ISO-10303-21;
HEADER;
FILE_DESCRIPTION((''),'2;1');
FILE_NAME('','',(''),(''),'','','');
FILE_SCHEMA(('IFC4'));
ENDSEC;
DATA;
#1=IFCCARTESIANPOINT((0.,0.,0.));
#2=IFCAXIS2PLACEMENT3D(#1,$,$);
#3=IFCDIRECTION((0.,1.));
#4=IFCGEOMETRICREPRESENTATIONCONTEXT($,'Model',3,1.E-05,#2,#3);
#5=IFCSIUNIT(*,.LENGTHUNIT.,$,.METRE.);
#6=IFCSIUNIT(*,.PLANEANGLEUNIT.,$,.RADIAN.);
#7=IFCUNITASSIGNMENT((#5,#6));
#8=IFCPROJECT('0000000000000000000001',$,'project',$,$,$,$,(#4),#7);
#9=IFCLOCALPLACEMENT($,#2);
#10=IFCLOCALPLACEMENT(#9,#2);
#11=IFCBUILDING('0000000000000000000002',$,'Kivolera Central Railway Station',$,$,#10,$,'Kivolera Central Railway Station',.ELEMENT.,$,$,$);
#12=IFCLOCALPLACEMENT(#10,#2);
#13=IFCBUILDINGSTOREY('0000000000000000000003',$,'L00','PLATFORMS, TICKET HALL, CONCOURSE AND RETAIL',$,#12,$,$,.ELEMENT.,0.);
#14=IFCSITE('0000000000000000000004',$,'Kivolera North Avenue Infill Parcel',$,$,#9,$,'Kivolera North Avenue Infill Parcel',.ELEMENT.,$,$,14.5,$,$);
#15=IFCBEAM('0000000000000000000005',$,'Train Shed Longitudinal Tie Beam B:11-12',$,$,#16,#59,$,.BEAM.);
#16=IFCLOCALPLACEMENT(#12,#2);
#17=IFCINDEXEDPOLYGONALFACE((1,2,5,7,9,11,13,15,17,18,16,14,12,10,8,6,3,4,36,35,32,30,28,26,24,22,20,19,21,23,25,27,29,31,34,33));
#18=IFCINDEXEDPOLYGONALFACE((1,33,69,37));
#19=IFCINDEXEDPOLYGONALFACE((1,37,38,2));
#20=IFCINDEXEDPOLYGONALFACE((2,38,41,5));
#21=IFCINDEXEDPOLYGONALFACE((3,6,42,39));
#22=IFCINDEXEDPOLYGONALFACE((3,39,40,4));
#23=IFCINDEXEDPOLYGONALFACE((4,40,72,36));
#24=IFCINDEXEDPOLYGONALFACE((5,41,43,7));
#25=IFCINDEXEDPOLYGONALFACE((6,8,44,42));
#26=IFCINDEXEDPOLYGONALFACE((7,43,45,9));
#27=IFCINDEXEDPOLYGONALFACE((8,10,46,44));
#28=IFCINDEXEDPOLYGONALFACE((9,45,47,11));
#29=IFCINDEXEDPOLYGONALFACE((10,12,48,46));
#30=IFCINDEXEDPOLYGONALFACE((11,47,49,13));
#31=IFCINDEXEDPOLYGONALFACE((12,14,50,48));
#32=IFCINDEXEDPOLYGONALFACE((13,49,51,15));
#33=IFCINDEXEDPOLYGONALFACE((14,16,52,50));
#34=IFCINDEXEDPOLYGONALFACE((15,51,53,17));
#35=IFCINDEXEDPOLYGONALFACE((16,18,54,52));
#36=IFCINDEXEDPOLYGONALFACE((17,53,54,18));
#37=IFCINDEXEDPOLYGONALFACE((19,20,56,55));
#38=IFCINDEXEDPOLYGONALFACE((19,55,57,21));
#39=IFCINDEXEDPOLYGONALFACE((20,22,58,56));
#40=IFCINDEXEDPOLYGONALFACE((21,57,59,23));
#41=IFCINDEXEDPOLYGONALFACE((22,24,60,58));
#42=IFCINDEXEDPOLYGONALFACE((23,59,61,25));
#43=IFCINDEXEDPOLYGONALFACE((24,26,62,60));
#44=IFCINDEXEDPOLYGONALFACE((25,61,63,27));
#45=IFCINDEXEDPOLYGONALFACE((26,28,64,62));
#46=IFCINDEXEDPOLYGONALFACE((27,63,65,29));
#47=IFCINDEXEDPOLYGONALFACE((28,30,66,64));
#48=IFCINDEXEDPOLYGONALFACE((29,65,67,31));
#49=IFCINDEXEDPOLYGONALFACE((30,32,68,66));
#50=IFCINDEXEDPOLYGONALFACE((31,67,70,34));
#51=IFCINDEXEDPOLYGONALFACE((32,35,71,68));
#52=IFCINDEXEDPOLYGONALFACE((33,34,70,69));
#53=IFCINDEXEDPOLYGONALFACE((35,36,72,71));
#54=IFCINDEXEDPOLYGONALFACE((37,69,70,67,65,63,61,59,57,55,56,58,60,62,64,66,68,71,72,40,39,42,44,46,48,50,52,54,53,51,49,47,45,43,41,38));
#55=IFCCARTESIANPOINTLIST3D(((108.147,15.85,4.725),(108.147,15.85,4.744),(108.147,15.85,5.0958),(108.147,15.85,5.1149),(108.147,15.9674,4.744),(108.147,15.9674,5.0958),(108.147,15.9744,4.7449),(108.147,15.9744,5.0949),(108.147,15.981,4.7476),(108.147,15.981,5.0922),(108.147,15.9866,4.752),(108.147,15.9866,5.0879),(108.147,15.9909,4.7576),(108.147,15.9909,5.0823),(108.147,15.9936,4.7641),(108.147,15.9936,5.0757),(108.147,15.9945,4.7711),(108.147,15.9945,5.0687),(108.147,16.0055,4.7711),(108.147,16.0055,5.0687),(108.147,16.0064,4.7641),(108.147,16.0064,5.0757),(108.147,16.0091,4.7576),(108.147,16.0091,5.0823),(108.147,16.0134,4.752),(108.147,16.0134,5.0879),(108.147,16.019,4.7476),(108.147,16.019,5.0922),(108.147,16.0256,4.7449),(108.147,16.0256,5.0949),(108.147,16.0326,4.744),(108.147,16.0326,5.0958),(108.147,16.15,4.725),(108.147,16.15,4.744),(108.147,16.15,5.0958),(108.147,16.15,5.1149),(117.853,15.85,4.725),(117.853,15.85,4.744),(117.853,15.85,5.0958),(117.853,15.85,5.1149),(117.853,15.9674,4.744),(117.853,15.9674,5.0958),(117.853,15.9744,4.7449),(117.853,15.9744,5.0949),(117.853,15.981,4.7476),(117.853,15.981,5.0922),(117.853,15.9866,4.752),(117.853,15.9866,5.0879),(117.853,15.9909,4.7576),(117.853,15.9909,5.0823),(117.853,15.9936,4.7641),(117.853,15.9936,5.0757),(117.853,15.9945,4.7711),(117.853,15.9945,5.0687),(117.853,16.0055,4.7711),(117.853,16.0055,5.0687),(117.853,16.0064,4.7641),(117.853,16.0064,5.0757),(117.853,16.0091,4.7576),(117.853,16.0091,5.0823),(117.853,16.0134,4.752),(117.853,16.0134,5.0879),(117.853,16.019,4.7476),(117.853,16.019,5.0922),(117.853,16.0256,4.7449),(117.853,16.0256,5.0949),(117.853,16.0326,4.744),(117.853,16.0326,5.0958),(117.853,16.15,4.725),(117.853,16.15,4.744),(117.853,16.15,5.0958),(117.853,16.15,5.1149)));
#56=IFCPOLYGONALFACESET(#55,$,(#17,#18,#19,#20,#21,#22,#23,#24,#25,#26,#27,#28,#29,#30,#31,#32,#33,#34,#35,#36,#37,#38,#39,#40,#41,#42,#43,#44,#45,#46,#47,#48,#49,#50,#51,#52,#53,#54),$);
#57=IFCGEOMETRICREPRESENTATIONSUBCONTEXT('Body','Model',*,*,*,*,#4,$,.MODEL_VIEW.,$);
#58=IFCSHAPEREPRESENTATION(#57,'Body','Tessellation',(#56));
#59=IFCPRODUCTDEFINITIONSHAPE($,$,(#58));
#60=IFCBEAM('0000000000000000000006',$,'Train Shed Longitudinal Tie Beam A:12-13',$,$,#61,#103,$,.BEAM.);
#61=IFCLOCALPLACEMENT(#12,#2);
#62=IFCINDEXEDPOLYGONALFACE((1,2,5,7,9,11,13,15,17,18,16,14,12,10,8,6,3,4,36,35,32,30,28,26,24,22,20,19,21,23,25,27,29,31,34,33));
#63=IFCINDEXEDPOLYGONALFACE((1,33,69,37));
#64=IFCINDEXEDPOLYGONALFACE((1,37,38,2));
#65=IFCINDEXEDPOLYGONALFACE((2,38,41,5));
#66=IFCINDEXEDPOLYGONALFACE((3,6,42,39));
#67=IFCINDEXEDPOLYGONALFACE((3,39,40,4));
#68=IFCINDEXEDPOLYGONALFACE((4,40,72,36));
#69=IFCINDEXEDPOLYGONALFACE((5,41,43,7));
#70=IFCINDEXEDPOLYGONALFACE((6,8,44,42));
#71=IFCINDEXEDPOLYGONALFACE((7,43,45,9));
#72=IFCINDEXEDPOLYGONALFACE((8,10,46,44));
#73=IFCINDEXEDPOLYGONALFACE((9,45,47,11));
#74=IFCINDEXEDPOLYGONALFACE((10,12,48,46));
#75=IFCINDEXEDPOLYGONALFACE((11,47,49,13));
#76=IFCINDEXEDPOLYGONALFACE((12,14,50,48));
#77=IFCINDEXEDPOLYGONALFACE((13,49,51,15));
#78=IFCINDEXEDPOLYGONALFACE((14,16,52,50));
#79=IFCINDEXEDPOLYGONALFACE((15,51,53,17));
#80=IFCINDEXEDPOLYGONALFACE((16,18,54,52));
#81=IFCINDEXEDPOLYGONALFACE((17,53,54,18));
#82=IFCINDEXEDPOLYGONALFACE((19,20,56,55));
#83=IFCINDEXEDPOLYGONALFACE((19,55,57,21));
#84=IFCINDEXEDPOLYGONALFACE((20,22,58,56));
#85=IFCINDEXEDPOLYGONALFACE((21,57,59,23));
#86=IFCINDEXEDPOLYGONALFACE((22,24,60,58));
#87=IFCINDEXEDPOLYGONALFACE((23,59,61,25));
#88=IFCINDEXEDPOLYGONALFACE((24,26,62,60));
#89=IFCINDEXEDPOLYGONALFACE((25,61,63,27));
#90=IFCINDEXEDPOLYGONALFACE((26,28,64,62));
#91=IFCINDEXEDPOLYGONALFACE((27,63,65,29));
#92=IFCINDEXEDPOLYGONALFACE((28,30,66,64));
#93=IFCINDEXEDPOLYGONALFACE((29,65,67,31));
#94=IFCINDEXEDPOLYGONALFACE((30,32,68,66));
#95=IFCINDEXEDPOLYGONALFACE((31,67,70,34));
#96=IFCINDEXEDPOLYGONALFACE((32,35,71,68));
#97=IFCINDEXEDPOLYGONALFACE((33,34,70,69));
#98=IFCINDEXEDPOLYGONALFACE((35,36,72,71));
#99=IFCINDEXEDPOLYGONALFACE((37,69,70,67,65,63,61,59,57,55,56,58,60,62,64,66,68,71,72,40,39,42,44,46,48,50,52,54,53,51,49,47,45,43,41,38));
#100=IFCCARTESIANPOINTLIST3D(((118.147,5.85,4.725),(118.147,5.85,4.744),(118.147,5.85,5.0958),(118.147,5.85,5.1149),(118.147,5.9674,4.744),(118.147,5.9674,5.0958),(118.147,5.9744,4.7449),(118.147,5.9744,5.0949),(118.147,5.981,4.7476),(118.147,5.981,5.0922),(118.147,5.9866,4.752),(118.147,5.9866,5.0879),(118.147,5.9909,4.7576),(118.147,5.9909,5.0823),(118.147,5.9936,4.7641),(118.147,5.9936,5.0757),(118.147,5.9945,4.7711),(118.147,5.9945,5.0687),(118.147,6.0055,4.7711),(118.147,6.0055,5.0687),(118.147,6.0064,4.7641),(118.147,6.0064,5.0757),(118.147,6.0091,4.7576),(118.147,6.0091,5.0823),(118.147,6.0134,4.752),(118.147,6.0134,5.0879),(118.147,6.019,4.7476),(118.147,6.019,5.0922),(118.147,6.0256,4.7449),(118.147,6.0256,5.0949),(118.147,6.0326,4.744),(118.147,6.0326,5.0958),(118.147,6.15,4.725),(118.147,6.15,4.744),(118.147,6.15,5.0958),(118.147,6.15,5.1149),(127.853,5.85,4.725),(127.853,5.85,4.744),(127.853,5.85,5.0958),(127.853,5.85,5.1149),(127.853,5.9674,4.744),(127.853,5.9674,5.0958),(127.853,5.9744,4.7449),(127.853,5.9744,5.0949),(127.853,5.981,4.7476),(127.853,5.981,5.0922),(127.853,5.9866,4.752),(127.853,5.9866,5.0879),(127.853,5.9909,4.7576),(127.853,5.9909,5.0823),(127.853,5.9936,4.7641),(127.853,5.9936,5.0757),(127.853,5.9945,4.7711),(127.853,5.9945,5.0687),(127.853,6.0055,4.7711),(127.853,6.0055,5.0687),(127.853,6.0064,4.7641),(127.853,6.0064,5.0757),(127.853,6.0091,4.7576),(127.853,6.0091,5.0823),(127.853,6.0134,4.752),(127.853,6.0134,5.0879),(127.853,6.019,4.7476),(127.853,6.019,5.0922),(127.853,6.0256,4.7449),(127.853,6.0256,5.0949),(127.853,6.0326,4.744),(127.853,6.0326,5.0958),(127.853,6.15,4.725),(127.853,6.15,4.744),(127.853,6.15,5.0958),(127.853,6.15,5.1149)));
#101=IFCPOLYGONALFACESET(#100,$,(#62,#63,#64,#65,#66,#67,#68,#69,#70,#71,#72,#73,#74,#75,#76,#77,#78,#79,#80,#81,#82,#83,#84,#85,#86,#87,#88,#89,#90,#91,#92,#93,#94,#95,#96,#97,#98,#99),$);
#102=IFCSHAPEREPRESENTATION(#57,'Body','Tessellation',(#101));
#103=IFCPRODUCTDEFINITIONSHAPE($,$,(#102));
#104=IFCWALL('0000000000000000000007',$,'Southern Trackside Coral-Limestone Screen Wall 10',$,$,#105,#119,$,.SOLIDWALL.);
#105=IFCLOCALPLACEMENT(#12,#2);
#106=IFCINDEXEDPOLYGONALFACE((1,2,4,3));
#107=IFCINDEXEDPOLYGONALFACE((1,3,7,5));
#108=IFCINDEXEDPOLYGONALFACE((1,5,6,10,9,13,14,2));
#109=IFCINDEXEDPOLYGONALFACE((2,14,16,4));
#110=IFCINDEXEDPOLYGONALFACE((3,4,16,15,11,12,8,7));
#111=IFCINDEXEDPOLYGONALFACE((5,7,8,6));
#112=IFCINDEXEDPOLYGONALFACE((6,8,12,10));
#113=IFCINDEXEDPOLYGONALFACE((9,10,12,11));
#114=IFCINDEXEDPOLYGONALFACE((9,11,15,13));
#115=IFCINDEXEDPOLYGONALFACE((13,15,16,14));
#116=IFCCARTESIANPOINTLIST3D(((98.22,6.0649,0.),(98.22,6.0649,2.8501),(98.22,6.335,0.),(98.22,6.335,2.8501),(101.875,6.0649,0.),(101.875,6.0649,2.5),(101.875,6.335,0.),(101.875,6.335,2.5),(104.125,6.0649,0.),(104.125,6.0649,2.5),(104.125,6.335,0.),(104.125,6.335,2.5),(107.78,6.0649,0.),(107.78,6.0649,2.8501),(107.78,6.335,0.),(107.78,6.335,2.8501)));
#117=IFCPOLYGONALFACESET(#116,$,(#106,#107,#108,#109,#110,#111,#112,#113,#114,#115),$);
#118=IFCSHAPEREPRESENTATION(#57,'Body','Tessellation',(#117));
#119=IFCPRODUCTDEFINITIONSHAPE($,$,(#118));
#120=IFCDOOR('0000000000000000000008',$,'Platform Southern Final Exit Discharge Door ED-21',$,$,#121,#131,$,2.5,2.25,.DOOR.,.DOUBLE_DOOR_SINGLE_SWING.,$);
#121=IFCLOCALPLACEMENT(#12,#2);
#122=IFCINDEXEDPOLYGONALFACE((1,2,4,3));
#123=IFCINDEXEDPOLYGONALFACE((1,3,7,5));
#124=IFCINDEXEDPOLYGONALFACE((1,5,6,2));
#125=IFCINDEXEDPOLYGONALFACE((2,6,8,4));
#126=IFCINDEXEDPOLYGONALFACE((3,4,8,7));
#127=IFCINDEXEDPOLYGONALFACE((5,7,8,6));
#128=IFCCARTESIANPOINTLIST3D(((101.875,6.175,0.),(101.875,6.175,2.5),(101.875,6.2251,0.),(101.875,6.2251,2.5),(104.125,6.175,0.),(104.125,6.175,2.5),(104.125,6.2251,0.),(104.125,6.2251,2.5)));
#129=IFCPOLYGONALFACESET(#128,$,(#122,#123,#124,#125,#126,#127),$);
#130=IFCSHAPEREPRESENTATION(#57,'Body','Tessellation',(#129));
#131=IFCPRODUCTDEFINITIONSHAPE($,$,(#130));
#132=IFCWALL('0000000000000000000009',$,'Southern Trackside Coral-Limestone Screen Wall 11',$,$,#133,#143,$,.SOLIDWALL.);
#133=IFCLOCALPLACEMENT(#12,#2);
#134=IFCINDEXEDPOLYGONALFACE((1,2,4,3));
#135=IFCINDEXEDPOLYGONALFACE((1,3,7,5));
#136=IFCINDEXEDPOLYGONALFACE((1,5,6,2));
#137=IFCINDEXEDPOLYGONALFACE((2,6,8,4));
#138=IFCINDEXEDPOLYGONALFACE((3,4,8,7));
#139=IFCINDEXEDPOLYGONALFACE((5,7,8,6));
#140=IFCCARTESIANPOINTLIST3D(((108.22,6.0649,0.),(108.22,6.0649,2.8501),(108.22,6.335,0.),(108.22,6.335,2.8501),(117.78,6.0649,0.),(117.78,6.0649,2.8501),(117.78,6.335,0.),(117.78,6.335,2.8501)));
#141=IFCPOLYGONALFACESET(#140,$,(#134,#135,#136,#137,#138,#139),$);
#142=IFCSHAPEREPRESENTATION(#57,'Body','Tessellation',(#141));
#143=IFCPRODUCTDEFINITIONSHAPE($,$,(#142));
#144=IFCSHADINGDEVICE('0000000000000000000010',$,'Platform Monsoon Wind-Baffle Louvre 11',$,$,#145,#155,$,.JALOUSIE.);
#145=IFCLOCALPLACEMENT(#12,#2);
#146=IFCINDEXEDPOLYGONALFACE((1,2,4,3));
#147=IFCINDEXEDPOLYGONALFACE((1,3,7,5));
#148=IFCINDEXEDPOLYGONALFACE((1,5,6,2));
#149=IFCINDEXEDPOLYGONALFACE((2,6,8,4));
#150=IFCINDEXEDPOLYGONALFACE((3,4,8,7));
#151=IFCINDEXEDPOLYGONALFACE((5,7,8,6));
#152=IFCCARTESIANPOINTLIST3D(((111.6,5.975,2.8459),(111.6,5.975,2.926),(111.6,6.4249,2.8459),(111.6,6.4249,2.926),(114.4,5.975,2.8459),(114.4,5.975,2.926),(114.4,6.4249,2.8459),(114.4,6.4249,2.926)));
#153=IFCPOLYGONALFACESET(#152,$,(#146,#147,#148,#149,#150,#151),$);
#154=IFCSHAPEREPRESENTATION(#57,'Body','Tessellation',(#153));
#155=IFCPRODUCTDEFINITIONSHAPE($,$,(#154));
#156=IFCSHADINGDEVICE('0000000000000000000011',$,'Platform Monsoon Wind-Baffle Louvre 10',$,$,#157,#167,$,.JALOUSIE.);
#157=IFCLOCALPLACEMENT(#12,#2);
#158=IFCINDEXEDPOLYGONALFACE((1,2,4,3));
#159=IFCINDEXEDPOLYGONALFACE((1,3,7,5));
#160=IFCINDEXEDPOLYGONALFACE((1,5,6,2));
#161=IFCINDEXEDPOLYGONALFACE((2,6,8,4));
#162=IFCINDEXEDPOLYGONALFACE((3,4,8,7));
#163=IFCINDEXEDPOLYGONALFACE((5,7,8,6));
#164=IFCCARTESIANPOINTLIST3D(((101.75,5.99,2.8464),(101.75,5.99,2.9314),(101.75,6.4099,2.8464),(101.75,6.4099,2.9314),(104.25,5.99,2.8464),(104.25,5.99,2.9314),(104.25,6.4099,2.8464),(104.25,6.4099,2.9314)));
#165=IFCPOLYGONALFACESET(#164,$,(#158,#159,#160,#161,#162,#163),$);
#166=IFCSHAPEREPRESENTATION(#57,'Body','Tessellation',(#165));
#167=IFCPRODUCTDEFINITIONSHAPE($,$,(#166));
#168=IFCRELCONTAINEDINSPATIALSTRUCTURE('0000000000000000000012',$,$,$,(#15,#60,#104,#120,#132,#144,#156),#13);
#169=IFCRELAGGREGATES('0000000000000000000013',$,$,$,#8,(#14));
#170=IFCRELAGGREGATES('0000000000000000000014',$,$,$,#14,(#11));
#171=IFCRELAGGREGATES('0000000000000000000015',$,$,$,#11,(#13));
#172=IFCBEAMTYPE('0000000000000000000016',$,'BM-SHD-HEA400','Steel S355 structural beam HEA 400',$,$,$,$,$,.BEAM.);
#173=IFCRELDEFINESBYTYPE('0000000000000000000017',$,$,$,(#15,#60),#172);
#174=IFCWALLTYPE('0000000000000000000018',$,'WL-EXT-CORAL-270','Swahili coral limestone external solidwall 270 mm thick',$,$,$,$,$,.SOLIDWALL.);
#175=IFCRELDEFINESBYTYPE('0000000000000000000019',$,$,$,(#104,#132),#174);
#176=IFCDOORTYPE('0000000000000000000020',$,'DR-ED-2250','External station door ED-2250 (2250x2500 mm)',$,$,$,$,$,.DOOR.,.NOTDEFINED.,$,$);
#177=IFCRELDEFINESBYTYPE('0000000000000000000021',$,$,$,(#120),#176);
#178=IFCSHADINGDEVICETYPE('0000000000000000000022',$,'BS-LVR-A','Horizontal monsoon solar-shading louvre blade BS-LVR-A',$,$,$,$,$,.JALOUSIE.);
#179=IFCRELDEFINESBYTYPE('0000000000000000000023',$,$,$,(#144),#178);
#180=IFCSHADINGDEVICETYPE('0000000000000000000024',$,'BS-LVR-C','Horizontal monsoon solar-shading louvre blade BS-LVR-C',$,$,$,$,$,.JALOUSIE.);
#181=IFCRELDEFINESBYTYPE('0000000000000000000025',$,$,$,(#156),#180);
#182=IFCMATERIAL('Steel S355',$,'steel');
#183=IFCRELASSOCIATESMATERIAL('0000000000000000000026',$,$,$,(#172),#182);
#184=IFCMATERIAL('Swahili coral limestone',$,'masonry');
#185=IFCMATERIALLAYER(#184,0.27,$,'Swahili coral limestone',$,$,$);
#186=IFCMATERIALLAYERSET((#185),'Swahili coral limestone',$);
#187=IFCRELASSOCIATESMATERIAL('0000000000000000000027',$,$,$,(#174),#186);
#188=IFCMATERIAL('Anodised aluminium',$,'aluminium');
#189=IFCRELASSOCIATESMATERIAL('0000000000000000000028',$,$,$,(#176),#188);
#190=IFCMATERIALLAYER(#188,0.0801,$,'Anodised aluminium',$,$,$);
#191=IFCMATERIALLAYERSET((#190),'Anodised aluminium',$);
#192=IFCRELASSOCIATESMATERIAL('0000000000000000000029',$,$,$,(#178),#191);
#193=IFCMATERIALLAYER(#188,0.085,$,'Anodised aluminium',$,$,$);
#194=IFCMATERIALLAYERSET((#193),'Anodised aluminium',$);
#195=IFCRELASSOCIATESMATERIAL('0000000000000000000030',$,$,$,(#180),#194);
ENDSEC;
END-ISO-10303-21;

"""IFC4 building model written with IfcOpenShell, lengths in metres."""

from ifc_helpers import new_model, si_unit, direction, frame, frame_2d, origin, origin_2d, place, context, subcontext, project, spatial, rectangle, i_section, extrude, material, layer, layer_set, material_profile, profile_set, type_object, element, fill, save


model = new_model("IFC4")

# Units and contexts
model_context = context("Model", 3, precision=1e-05, world=origin(), true_north=direction((0.0, 1.0)))
body_context = subcontext(model_context, "Body", "Model", "MODEL_VIEW")
ifc_project = project(units=[si_unit("LENGTHUNIT", "METRE"), si_unit("PLANEANGLEUNIT", "RADIAN")], contexts=[model_context])

# Site, building, storey
site_placement = place(None, origin())
site = spatial("IfcSite", under=ifc_project, at=site_placement, Name="Kivolera North Avenue Infill Parcel", LongName="Kivolera North Avenue Infill Parcel", CompositionType="ELEMENT", RefElevation=14.5)
building_placement = place(site_placement, origin())
building = spatial("IfcBuilding", under=site, at=building_placement, Name="Kivolera Central Railway Station", LongName="Kivolera Central Railway Station", CompositionType="ELEMENT")
storey_placement = place(building_placement, origin())
storey = spatial("IfcBuildingStorey", under=building, at=storey_placement, Name="L00", Description="PLATFORMS, TICKET HALL, CONCOURSE AND RETAIL", CompositionType="ELEMENT", Elevation=0.0)

# Shared definitions
ifc_material_1 = material(Name="Steel S355", Category="steel")

# Beams
ifc_material_profile_1 = material_profile(ifc_material_1, i_section(OverallWidth=0.3, OverallDepth=0.3899, WebThickness=0.011, FlangeThickness=0.019, FilletRadius=0.0271, at=origin_2d()), Name="HEA 400")
ifc_profile_set_1 = profile_set([ifc_material_profile_1], Name="Steel S355")
beam_type = type_object("IfcBeamType", Name="BM-SHD-HEA400", Description="Steel S355 structural beam HEA 400", PredefinedType="BEAM", material=ifc_profile_set_1)
for number, where, z_axis, x_axis, name in (
    (1, (108.147, 16.0, 4.9199), (1.0, 0.0, 0.0), (0.0, 1.0, 0.0), "Train Shed Longitudinal Tie Beam B:11-12"),
    (2, (118.147, 6.0, 4.9199), (1.0, 0.0, 0.0), (0.0, 1.0, 0.0), "Train Shed Longitudinal Tie Beam A:12-13"),
):
    element("IfcBeam", number, at=place(storey_placement, frame(where, z_axis=z_axis, x_axis=x_axis)), inside=storey, type_object=beam_type, Name=name, PredefinedType="BEAM", context=body_context, shape_type="SweptSolid", body=[
        extrude(i_section(OverallWidth=0.3, OverallDepth=0.3899, WebThickness=0.011, FlangeThickness=0.019, FilletRadius=0.0271, at=origin_2d()), origin(), (0.0, 0.0, 1.0), 9.7061),
    ])

# Wall, opening, door
ifc_material_2 = material(Name="Swahili coral limestone", Category="masonry")
ifc_layer_1 = layer(ifc_material_2, 0.27, Name="Swahili coral limestone")
ifc_layer_set_1 = layer_set([ifc_layer_1], Name="Swahili coral limestone")
wall_type = type_object("IfcWallType", Name="WL-EXT-CORAL-270", Description="Swahili coral limestone external solidwall 270 mm thick", PredefinedType="SOLIDWALL", material=ifc_layer_set_1)
wall_1_placement = place(storey_placement, frame((107.78, 6.2, 0.0), z_axis=(0.0, 0.0, 1.0), x_axis=(-1.0, 0.0, 0.0)))
wall_1 = element("IfcWall", 3, at=wall_1_placement, inside=storey, type_object=wall_type, Name="Southern Trackside Coral-Limestone Screen Wall 10", PredefinedType="SOLIDWALL", context=body_context, shape_type="SweptSolid", body=[
    extrude(rectangle(XDim=9.5601, YDim=0.27, at=frame_2d((4.78, 0.0))), origin(), (0.0, 0.0, 1.0), 2.8501),
])
opening_placement = place(wall_1_placement, frame((3.655, 0.0, 0.0)))
opening = element("IfcOpeningElement", 4, at=opening_placement, cuts=wall_1, PredefinedType="OPENING", context=body_context, shape_type="SweptSolid", body=[
    extrude(rectangle(XDim=2.25, YDim=2.5, at=frame_2d((1.125, 1.25))), frame((0.0, 0.145, 0.0), z_axis=(0.0, -1.0, 0.0), x_axis=(1.0, 0.0, 0.0)), (0.0, 0.0, 1.0), 0.29),
])
ifc_material_3 = material(Name="Anodised aluminium", Category="aluminium")
door_type = type_object("IfcDoorType", Name="DR-ED-2250", Description="External station door ED-2250 (2250x2500 mm)", OperationType="NOTDEFINED", PredefinedType="DOOR", material=ifc_material_3)
door_placement = place(opening_placement, origin())
door = element("IfcDoor", 5, at=door_placement, inside=storey, type_object=door_type, Name="Platform Southern Final Exit Discharge Door ED-21", OperationType="DOUBLE_DOOR_SINGLE_SWING", OverallHeight=2.5, OverallWidth=2.25, PredefinedType="DOOR", context=body_context, shape_type="SweptSolid", body=[
    extrude(rectangle(XDim=2.25, YDim=2.5, at=frame_2d((1.125, 1.25))), frame((0.0, 0.0249, 0.0), z_axis=(0.0, -1.0, 0.0), x_axis=(1.0, 0.0, 0.0)), (0.0, 0.0, 1.0), 0.05),
])
fill(opening, door)

# Wall
wall_2_placement = place(storey_placement, frame((117.78, 6.2, 0.0), z_axis=(0.0, 0.0, 1.0), x_axis=(-1.0, 0.0, 0.0)))
element("IfcWall", 6, at=wall_2_placement, inside=storey, type_object=wall_type, Name="Southern Trackside Coral-Limestone Screen Wall 11", PredefinedType="SOLIDWALL", context=body_context, shape_type="SweptSolid", body=[
    extrude(rectangle(XDim=9.5601, YDim=0.27, at=frame_2d((4.78, 0.0))), origin(), (0.0, 0.0, 1.0), 2.8501),
])

# Shading devices
ifc_layer_2 = layer(ifc_material_3, 0.0801, Name="Anodised aluminium")
ifc_layer_set_2 = layer_set([ifc_layer_2], Name="Anodised aluminium")
shading_device_type_1 = type_object("IfcShadingDeviceType", Name="BS-LVR-A", Description="Horizontal monsoon solar-shading louvre blade BS-LVR-A", PredefinedType="JALOUSIE", material=ifc_layer_set_2)
shading_device_1_placement = place(storey_placement, frame((113.0, 6.2, 2.8459), z_axis=(0.0, 0.0, 1.0), x_axis=(1.0, 0.0, 0.0)))
element("IfcShadingDevice", 7, at=shading_device_1_placement, inside=storey, type_object=shading_device_type_1, Name="Platform Monsoon Wind-Baffle Louvre 11", PredefinedType="JALOUSIE", context=body_context, shape_type="SweptSolid", body=[
    extrude(rectangle(XDim=2.8, YDim=0.45, at=origin_2d()), origin(), (0.0, 0.0, 1.0), 0.0801),
])
ifc_layer_3 = layer(ifc_material_3, 0.085, Name="Anodised aluminium")
ifc_layer_set_3 = layer_set([ifc_layer_3], Name="Anodised aluminium")
shading_device_type_2 = type_object("IfcShadingDeviceType", Name="BS-LVR-C", Description="Horizontal monsoon solar-shading louvre blade BS-LVR-C", PredefinedType="JALOUSIE", material=ifc_layer_set_3)
shading_device_2_placement = place(storey_placement, frame((103.0, 6.2, 2.8464), z_axis=(0.0, 0.0, 1.0), x_axis=(1.0, 0.0, 0.0)))
element("IfcShadingDevice", 8, at=shading_device_2_placement, inside=storey, type_object=shading_device_type_2, Name="Platform Monsoon Wind-Baffle Louvre 10", PredefinedType="JALOUSIE", context=body_context, shape_type="SweptSolid", body=[
    extrude(rectangle(XDim=2.5, YDim=0.4199, at=origin_2d()), origin(), (0.0, 0.0, 1.0), 0.085),
])

save(model, "model.ifc")
